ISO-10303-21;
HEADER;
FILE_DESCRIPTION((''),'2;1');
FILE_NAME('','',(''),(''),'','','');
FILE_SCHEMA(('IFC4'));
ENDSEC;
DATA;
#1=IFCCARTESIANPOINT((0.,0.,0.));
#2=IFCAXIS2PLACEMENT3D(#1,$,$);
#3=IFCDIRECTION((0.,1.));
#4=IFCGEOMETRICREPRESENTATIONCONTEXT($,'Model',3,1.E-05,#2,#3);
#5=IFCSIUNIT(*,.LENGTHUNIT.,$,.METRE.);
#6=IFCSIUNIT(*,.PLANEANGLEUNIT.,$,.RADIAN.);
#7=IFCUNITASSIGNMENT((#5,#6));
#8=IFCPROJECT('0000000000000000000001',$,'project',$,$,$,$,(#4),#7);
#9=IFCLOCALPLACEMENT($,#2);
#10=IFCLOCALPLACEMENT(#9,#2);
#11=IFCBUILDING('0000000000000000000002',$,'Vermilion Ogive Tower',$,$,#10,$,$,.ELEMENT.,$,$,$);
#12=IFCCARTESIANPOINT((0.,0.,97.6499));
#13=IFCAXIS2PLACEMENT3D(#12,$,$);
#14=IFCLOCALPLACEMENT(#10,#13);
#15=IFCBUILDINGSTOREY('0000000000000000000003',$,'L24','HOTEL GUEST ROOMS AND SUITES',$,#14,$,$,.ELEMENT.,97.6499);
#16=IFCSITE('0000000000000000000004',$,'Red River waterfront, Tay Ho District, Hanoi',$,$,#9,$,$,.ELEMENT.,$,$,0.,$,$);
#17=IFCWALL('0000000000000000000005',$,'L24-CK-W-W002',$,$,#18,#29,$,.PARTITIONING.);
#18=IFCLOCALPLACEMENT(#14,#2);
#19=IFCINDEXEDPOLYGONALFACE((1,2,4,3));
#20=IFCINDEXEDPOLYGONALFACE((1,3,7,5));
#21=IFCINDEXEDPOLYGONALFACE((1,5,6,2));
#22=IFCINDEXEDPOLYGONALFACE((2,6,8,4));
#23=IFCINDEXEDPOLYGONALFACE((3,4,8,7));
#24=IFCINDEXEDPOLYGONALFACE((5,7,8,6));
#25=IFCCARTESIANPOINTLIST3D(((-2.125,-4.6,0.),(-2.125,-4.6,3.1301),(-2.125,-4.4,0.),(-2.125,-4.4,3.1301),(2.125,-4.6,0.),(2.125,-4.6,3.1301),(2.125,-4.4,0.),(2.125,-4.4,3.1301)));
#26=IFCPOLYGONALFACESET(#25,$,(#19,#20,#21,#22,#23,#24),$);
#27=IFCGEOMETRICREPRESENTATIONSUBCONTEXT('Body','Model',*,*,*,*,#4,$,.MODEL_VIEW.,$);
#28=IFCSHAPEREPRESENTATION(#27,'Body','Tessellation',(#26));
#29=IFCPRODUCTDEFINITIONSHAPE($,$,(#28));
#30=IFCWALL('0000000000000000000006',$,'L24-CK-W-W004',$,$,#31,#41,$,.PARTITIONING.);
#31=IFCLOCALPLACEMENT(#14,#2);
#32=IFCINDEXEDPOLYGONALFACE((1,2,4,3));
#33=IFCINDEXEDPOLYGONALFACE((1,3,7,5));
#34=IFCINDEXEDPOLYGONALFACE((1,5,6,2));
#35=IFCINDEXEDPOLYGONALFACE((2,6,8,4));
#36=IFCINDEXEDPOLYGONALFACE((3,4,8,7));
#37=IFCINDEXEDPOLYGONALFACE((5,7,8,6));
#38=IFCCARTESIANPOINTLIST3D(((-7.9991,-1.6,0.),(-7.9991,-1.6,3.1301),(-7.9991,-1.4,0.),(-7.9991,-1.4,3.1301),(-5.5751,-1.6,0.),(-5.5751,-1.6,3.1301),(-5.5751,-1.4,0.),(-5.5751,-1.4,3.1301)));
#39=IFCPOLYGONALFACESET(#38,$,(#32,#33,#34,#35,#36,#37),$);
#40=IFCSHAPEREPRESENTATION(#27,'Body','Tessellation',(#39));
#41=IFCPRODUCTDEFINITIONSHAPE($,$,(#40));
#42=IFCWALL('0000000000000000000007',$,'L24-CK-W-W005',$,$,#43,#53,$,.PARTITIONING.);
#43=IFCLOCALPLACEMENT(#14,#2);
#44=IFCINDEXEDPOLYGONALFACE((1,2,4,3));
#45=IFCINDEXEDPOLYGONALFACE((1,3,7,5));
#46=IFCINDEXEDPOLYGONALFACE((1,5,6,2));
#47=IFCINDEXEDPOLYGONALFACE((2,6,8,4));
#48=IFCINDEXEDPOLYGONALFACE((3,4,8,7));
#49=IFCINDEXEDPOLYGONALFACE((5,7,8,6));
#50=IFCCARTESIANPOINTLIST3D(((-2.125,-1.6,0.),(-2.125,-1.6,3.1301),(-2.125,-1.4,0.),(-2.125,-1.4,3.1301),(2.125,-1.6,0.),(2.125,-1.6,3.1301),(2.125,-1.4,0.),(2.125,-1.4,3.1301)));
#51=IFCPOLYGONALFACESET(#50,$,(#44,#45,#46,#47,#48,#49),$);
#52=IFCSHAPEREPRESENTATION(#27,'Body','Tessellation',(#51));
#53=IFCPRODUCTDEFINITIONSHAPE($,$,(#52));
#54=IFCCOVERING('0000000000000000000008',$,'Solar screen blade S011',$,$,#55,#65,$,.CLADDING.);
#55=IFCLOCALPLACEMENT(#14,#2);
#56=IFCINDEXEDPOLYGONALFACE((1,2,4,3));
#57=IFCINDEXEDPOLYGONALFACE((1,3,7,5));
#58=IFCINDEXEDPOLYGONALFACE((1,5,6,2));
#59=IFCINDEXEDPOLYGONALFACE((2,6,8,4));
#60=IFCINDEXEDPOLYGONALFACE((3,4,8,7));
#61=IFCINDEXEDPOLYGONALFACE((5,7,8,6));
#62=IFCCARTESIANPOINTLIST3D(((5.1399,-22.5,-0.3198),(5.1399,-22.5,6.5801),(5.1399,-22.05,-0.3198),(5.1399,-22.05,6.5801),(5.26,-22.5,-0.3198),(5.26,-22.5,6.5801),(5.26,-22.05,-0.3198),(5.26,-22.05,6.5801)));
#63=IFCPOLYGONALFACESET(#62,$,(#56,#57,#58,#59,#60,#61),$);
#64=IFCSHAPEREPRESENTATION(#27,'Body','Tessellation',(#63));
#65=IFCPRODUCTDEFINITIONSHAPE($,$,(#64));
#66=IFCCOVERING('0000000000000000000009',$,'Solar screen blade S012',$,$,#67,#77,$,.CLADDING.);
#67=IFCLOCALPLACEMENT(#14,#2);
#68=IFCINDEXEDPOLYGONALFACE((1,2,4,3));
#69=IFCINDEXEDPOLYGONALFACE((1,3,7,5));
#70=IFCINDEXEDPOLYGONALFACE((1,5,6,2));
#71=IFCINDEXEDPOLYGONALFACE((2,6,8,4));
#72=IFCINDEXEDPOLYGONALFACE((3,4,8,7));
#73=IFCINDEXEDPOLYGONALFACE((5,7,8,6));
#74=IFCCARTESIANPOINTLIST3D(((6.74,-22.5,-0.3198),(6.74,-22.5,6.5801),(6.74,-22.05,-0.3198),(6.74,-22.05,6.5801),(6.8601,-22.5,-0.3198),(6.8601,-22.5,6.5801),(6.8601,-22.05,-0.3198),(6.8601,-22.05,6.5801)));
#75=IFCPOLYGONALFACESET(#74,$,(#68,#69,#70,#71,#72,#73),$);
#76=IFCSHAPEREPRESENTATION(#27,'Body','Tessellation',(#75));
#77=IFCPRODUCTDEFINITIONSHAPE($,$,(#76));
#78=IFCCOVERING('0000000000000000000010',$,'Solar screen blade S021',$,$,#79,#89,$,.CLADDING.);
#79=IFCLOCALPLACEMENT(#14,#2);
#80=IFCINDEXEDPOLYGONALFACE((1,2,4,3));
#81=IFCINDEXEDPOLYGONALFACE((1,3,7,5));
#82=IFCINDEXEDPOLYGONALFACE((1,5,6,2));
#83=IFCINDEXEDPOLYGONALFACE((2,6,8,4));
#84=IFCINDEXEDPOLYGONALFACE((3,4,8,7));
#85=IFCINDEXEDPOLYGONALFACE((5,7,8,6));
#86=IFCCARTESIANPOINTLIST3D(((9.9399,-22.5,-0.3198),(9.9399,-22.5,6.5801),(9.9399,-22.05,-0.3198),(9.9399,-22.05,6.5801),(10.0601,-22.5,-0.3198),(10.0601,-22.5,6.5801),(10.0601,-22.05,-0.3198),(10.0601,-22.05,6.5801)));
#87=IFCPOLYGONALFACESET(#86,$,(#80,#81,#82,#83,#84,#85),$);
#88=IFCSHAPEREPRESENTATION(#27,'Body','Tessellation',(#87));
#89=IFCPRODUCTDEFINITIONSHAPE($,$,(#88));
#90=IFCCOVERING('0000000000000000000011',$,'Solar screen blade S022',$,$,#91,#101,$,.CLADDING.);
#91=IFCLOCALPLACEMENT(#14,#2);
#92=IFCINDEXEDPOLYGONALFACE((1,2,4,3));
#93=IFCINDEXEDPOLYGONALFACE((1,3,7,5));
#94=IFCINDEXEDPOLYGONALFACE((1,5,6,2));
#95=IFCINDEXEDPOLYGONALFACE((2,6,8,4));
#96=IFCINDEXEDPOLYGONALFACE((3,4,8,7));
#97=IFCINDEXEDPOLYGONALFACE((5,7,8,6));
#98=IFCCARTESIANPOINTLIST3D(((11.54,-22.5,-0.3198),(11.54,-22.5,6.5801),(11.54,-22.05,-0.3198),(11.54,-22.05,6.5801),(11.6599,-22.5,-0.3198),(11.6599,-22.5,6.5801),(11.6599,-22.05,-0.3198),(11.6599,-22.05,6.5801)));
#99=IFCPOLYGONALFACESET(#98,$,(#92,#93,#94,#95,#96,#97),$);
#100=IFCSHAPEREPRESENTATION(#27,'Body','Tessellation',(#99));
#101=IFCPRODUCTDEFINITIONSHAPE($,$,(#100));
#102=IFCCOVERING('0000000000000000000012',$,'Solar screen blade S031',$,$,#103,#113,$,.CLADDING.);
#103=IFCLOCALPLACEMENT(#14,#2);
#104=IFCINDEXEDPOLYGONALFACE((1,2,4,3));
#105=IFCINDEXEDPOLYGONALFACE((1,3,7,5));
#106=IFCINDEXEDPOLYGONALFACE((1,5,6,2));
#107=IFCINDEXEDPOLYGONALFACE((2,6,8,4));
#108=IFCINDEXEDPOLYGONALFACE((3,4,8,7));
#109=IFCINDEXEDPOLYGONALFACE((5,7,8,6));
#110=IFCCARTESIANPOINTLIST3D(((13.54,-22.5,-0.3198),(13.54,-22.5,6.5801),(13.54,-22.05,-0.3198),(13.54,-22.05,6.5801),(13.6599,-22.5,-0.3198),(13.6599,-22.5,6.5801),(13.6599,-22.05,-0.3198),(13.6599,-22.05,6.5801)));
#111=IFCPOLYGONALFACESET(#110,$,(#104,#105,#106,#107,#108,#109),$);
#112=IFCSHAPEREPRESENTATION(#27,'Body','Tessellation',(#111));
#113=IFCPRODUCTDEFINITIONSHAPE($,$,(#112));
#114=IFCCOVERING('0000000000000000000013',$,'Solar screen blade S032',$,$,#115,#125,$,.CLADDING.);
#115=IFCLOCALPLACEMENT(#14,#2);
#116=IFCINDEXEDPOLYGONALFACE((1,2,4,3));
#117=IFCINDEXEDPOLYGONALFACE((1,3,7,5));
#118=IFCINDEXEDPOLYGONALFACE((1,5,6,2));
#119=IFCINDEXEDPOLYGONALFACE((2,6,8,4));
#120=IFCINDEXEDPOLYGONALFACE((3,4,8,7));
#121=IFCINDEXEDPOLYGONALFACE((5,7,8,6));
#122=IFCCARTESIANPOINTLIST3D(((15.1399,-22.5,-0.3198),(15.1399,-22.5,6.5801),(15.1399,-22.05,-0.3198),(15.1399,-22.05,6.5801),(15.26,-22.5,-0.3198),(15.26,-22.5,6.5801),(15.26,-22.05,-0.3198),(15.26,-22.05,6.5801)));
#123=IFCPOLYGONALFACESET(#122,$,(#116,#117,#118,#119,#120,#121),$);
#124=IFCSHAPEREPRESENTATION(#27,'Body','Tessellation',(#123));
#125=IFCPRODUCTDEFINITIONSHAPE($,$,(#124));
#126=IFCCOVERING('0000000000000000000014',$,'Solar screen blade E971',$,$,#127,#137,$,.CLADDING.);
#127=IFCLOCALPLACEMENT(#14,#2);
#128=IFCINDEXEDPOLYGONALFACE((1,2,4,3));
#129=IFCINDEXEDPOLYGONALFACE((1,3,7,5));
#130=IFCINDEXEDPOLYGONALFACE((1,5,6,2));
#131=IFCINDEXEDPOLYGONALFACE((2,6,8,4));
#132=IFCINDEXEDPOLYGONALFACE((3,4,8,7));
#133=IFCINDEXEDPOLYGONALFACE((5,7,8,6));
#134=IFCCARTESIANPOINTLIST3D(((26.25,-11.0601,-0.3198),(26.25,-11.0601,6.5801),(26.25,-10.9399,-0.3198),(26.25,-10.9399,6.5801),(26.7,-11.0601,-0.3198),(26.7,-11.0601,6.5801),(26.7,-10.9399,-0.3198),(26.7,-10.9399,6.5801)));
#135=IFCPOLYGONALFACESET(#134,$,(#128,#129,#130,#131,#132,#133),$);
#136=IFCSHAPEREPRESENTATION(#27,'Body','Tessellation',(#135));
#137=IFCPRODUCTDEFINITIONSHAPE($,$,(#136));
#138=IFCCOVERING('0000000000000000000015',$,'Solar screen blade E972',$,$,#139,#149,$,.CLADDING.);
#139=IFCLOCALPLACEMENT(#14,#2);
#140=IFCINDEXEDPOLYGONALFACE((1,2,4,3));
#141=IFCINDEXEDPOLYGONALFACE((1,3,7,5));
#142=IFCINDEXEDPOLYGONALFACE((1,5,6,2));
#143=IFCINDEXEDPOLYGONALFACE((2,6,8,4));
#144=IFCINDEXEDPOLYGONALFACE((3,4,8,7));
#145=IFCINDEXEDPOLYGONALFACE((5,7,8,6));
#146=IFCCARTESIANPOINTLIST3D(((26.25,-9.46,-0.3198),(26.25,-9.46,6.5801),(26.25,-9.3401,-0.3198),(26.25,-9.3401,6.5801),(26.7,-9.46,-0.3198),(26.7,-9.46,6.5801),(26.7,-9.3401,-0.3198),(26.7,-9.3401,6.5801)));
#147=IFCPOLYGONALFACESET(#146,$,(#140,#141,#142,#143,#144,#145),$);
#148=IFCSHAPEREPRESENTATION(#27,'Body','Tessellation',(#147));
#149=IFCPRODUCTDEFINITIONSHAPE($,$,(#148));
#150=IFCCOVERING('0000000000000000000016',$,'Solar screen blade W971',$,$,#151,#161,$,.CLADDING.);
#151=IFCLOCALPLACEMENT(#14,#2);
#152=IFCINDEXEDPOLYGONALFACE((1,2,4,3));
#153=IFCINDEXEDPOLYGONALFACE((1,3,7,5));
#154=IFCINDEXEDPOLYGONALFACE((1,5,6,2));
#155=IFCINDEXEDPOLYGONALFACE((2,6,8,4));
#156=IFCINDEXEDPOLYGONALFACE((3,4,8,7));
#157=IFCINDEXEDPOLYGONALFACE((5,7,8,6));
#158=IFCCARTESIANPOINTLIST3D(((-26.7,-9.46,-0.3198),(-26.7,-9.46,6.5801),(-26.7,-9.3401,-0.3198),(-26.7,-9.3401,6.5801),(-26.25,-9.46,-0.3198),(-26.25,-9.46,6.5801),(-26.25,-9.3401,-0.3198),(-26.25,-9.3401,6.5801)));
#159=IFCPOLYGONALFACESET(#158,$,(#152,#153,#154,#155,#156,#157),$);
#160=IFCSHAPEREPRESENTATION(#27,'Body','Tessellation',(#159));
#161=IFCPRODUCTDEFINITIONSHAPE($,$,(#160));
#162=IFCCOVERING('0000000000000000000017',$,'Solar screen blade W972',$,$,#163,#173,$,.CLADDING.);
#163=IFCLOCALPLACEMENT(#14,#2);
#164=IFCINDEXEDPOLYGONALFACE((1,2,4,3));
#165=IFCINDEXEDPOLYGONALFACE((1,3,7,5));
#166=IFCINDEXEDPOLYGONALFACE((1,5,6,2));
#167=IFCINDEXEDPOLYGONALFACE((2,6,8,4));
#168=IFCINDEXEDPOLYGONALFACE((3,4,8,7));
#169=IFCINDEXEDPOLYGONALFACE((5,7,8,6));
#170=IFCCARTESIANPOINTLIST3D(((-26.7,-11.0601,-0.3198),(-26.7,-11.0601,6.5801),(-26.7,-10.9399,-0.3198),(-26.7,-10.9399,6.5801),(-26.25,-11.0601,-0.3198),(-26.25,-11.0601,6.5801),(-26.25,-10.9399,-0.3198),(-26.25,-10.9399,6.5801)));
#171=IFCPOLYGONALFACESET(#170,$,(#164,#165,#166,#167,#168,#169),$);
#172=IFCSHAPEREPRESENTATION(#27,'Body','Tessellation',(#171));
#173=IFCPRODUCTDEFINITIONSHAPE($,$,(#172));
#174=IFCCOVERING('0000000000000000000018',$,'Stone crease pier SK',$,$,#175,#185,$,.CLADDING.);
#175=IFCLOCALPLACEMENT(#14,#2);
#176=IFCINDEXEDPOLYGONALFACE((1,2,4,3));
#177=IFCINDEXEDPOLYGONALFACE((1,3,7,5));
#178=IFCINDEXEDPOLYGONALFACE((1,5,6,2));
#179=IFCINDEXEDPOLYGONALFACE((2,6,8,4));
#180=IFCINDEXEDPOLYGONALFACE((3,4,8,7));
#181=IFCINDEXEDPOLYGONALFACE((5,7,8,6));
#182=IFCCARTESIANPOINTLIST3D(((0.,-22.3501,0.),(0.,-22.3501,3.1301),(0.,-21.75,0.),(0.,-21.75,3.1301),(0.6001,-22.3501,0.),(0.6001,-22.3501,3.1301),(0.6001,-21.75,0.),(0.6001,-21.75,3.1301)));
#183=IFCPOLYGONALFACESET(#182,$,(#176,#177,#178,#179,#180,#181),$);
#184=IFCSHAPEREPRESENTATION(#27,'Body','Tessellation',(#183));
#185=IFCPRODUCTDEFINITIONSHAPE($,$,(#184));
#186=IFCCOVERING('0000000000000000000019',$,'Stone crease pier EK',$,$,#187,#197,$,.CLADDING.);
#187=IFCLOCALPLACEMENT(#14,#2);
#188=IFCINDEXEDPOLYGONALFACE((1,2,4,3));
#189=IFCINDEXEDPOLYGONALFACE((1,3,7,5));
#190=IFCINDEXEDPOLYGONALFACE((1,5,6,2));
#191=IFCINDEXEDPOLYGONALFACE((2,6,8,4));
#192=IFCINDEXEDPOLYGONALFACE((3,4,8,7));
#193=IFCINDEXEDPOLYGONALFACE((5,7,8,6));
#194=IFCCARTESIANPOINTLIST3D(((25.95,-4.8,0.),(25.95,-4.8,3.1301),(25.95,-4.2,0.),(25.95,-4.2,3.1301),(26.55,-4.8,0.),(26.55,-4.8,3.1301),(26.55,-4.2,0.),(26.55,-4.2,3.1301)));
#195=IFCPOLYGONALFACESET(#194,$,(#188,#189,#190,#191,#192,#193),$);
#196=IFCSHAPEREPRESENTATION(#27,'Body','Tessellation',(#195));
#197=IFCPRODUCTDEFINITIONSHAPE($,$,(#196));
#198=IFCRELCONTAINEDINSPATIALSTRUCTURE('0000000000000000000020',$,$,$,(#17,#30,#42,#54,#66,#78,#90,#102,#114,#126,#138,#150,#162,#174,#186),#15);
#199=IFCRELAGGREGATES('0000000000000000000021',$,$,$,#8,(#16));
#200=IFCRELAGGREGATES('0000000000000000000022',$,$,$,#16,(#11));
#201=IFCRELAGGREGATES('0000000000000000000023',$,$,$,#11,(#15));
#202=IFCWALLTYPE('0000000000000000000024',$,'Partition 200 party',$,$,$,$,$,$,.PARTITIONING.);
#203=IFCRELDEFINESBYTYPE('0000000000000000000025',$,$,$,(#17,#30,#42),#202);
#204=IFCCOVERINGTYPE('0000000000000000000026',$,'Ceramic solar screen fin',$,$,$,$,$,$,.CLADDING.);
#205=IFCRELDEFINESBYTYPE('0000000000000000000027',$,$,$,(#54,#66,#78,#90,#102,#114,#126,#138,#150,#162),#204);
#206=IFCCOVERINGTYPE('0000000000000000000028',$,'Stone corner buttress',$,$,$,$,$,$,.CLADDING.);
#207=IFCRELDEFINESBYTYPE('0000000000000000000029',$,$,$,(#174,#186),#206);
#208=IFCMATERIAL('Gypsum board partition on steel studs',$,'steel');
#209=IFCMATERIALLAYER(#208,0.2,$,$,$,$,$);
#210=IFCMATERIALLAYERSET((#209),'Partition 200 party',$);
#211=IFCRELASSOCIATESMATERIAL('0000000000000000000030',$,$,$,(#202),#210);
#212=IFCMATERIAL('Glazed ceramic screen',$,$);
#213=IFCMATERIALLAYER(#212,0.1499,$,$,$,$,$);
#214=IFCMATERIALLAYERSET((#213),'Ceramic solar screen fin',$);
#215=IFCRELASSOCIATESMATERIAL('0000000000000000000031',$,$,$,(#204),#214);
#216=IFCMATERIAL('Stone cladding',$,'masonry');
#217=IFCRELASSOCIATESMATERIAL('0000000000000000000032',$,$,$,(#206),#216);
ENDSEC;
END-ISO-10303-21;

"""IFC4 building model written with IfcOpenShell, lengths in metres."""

from ifc_helpers import new_model, si_unit, direction, frame, frame_2d, origin, place, context, subcontext, project, spatial, polyline, rectangle, outline, extrude, material, layer, layer_set, type_object, element, save


model = new_model("IFC4")

# Units and contexts
model_context = context("Model", 3, precision=1e-05, world=origin(), true_north=direction((0.0, 1.0)))
body_context = subcontext(model_context, "Body", "Model", "MODEL_VIEW")
ifc_project = project(units=[si_unit("LENGTHUNIT", "METRE"), si_unit("PLANEANGLEUNIT", "RADIAN")], contexts=[model_context])

# Site, building, storey
site_placement = place(None, origin())
site = spatial("IfcSite", under=ifc_project, at=site_placement, Name="Red River waterfront, Tay Ho District, Hanoi", CompositionType="ELEMENT", RefElevation=0.0)
building_placement = place(site_placement, origin())
building = spatial("IfcBuilding", under=site, at=building_placement, Name="Vermilion Ogive Tower", CompositionType="ELEMENT")
storey_placement = place(building_placement, frame((0.0, 0.0, 97.6499)))
storey = spatial("IfcBuildingStorey", under=building, at=storey_placement, Name="L24", Description="HOTEL GUEST ROOMS AND SUITES", CompositionType="ELEMENT", Elevation=97.6499)

# Walls
ifc_material_1 = material(Name="Gypsum board partition on steel studs", Category="steel")
ifc_layer_1 = layer(ifc_material_1, 0.2)
ifc_layer_set_1 = layer_set([ifc_layer_1], Name="Partition 200 party")
wall_type = type_object("IfcWallType", Name="Partition 200 party", PredefinedType="PARTITIONING", material=ifc_layer_set_1)
wall_1_placement = place(storey_placement, frame((-2.125, -4.5, 0.0), z_axis=(0.0, 0.0, 1.0), x_axis=(1.0, 0.0, 0.0)))
element("IfcWall", 1, at=wall_1_placement, inside=storey, type_object=wall_type, Name="L24-CK-W-W002", PredefinedType="PARTITIONING", context=body_context, shape_type="SweptSolid", body=[
    extrude(rectangle(XDim=4.25, YDim=0.2, at=frame_2d((2.125, 0.0))), origin(), (0.0, 0.0, 1.0), 3.1301),
])
wall_2_placement = place(storey_placement, frame((-7.999, -1.5, 0.0), z_axis=(0.0, 0.0, 1.0), x_axis=(1.0, 0.0, 0.0)))
element("IfcWall", 2, at=wall_2_placement, inside=storey, type_object=wall_type, Name="L24-CK-W-W004", PredefinedType="PARTITIONING", context=body_context, shape_type="SweptSolid", body=[
    extrude(rectangle(XDim=2.4241, YDim=0.2, at=frame_2d((1.2119, 0.0))), origin(), (0.0, 0.0, 1.0), 3.1301),
])
wall_3_placement = place(storey_placement, frame((-2.125, -1.5, 0.0), z_axis=(0.0, 0.0, 1.0), x_axis=(1.0, 0.0, 0.0)))
element("IfcWall", 3, at=wall_3_placement, inside=storey, type_object=wall_type, Name="L24-CK-W-W005", PredefinedType="PARTITIONING", context=body_context, shape_type="SweptSolid", body=[
    extrude(rectangle(XDim=4.25, YDim=0.2, at=frame_2d((2.125, 0.0))), origin(), (0.0, 0.0, 1.0), 3.1301),
])

# Coverings
ifc_material_2 = material(Name="Glazed ceramic screen")
ifc_layer_2 = layer(ifc_material_2, 0.1499)
ifc_layer_set_2 = layer_set([ifc_layer_2], Name="Ceramic solar screen fin")
covering_type_1 = type_object("IfcCoveringType", Name="Ceramic solar screen fin", PredefinedType="CLADDING", material=ifc_layer_set_2)
covering_1_placement = place(storey_placement, frame((0.0, 0.0, -0.3198)))
element("IfcCovering", 4, at=covering_1_placement, inside=storey, type_object=covering_type_1, Name="Solar screen blade S011", PredefinedType="CLADDING", context=body_context, shape_type="SweptSolid", body=[
    extrude(outline(polyline([(5.1399, -22.5), (5.26, -22.5), (5.26, -22.05), (5.1399, -22.05), (5.1399, -22.5)])), origin(), (0.0, 0.0, 1.0), 6.8999),
])
covering_2_placement = place(storey_placement, frame((0.0, 0.0, -0.3198)))
element("IfcCovering", 5, at=covering_2_placement, inside=storey, type_object=covering_type_1, Name="Solar screen blade S012", PredefinedType="CLADDING", context=body_context, shape_type="SweptSolid", body=[
    extrude(outline(polyline([(6.74, -22.5), (6.8601, -22.5), (6.8601, -22.05), (6.74, -22.05), (6.74, -22.5)])), origin(), (0.0, 0.0, 1.0), 6.8999),
])
covering_3_placement = place(storey_placement, frame((0.0, 0.0, -0.3198)))
element("IfcCovering", 6, at=covering_3_placement, inside=storey, type_object=covering_type_1, Name="Solar screen blade S021", PredefinedType="CLADDING", context=body_context, shape_type="SweptSolid", body=[
    extrude(outline(polyline([(9.9399, -22.5), (10.0601, -22.5), (10.0601, -22.05), (9.9399, -22.05), (9.9399, -22.5)])), origin(), (0.0, 0.0, 1.0), 6.8999),
])
covering_4_placement = place(storey_placement, frame((0.0, 0.0, -0.3198)))
element("IfcCovering", 7, at=covering_4_placement, inside=storey, type_object=covering_type_1, Name="Solar screen blade S022", PredefinedType="CLADDING", context=body_context, shape_type="SweptSolid", body=[
    extrude(outline(polyline([(11.54, -22.5), (11.6599, -22.5), (11.6599, -22.05), (11.54, -22.05), (11.54, -22.5)])), origin(), (0.0, 0.0, 1.0), 6.8999),
])
covering_5_placement = place(storey_placement, frame((0.0, 0.0, -0.3198)))
element("IfcCovering", 8, at=covering_5_placement, inside=storey, type_object=covering_type_1, Name="Solar screen blade S031", PredefinedType="CLADDING", context=body_context, shape_type="SweptSolid", body=[
    extrude(outline(polyline([(13.54, -22.5), (13.6599, -22.5), (13.6599, -22.05), (13.54, -22.05), (13.54, -22.5)])), origin(), (0.0, 0.0, 1.0), 6.8999),
])
covering_6_placement = place(storey_placement, frame((0.0, 0.0, -0.3198)))
element("IfcCovering", 9, at=covering_6_placement, inside=storey, type_object=covering_type_1, Name="Solar screen blade S032", PredefinedType="CLADDING", context=body_context, shape_type="SweptSolid", body=[
    extrude(outline(polyline([(15.1399, -22.5), (15.26, -22.5), (15.26, -22.05), (15.1399, -22.05), (15.1399, -22.5)])), origin(), (0.0, 0.0, 1.0), 6.8999),
])
covering_7_placement = place(storey_placement, frame((0.0, 0.0, -0.3198)))
element("IfcCovering", 10, at=covering_7_placement, inside=storey, type_object=covering_type_1, Name="Solar screen blade E971", PredefinedType="CLADDING", context=body_context, shape_type="SweptSolid", body=[
    extrude(outline(polyline([(26.7, -11.0601), (26.7, -10.9399), (26.25, -10.9399), (26.25, -11.0601), (26.7, -11.0601)])), origin(), (0.0, 0.0, 1.0), 6.8999),
])
covering_8_placement = place(storey_placement, frame((0.0, 0.0, -0.3198)))
element("IfcCovering", 11, at=covering_8_placement, inside=storey, type_object=covering_type_1, Name="Solar screen blade E972", PredefinedType="CLADDING", context=body_context, shape_type="SweptSolid", body=[
    extrude(outline(polyline([(26.7, -9.46), (26.7, -9.3401), (26.25, -9.3401), (26.25, -9.46), (26.7, -9.46)])), origin(), (0.0, 0.0, 1.0), 6.8999),
])
covering_9_placement = place(storey_placement, frame((0.0, 0.0, -0.3198)))
element("IfcCovering", 12, at=covering_9_placement, inside=storey, type_object=covering_type_1, Name="Solar screen blade W971", PredefinedType="CLADDING", context=body_context, shape_type="SweptSolid", body=[
    extrude(outline(polyline([(-26.7, -9.3401), (-26.7, -9.46), (-26.25, -9.46), (-26.25, -9.3401), (-26.7, -9.3401)])), origin(), (0.0, 0.0, 1.0), 6.8999),
])
covering_10_placement = place(storey_placement, frame((0.0, 0.0, -0.3198)))
element("IfcCovering", 13, at=covering_10_placement, inside=storey, type_object=covering_type_1, Name="Solar screen blade W972", PredefinedType="CLADDING", context=body_context, shape_type="SweptSolid", body=[
    extrude(outline(polyline([(-26.7, -10.9399), (-26.7, -11.0601), (-26.25, -11.0601), (-26.25, -10.9399), (-26.7, -10.9399)])), origin(), (0.0, 0.0, 1.0), 6.8999),
])
ifc_material_3 = material(Name="Stone cladding", Category="masonry")
covering_type_2 = type_object("IfcCoveringType", Name="Stone corner buttress", PredefinedType="CLADDING", material=ifc_material_3)
covering_11_placement = place(storey_placement, origin())
element("IfcCovering", 14, at=covering_11_placement, inside=storey, type_object=covering_type_2, Name="Stone crease pier SK", PredefinedType="CLADDING", context=body_context, shape_type="SweptSolid", body=[
    extrude(outline(polyline([(0.0, -22.3501), (0.6001, -22.3501), (0.6001, -21.75), (0.0, -21.75), (0.0, -22.3501)])), origin(), (0.0, 0.0, 1.0), 3.1301),
])
covering_12_placement = place(storey_placement, origin())
element("IfcCovering", 15, at=covering_12_placement, inside=storey, type_object=covering_type_2, Name="Stone crease pier EK", PredefinedType="CLADDING", context=body_context, shape_type="SweptSolid", body=[
    extrude(outline(polyline([(26.55, -4.8), (26.55, -4.2), (25.95, -4.2), (25.95, -4.8), (26.55, -4.8)])), origin(), (0.0, 0.0, 1.0), 3.1301),
])

save(model, "model.ifc")
